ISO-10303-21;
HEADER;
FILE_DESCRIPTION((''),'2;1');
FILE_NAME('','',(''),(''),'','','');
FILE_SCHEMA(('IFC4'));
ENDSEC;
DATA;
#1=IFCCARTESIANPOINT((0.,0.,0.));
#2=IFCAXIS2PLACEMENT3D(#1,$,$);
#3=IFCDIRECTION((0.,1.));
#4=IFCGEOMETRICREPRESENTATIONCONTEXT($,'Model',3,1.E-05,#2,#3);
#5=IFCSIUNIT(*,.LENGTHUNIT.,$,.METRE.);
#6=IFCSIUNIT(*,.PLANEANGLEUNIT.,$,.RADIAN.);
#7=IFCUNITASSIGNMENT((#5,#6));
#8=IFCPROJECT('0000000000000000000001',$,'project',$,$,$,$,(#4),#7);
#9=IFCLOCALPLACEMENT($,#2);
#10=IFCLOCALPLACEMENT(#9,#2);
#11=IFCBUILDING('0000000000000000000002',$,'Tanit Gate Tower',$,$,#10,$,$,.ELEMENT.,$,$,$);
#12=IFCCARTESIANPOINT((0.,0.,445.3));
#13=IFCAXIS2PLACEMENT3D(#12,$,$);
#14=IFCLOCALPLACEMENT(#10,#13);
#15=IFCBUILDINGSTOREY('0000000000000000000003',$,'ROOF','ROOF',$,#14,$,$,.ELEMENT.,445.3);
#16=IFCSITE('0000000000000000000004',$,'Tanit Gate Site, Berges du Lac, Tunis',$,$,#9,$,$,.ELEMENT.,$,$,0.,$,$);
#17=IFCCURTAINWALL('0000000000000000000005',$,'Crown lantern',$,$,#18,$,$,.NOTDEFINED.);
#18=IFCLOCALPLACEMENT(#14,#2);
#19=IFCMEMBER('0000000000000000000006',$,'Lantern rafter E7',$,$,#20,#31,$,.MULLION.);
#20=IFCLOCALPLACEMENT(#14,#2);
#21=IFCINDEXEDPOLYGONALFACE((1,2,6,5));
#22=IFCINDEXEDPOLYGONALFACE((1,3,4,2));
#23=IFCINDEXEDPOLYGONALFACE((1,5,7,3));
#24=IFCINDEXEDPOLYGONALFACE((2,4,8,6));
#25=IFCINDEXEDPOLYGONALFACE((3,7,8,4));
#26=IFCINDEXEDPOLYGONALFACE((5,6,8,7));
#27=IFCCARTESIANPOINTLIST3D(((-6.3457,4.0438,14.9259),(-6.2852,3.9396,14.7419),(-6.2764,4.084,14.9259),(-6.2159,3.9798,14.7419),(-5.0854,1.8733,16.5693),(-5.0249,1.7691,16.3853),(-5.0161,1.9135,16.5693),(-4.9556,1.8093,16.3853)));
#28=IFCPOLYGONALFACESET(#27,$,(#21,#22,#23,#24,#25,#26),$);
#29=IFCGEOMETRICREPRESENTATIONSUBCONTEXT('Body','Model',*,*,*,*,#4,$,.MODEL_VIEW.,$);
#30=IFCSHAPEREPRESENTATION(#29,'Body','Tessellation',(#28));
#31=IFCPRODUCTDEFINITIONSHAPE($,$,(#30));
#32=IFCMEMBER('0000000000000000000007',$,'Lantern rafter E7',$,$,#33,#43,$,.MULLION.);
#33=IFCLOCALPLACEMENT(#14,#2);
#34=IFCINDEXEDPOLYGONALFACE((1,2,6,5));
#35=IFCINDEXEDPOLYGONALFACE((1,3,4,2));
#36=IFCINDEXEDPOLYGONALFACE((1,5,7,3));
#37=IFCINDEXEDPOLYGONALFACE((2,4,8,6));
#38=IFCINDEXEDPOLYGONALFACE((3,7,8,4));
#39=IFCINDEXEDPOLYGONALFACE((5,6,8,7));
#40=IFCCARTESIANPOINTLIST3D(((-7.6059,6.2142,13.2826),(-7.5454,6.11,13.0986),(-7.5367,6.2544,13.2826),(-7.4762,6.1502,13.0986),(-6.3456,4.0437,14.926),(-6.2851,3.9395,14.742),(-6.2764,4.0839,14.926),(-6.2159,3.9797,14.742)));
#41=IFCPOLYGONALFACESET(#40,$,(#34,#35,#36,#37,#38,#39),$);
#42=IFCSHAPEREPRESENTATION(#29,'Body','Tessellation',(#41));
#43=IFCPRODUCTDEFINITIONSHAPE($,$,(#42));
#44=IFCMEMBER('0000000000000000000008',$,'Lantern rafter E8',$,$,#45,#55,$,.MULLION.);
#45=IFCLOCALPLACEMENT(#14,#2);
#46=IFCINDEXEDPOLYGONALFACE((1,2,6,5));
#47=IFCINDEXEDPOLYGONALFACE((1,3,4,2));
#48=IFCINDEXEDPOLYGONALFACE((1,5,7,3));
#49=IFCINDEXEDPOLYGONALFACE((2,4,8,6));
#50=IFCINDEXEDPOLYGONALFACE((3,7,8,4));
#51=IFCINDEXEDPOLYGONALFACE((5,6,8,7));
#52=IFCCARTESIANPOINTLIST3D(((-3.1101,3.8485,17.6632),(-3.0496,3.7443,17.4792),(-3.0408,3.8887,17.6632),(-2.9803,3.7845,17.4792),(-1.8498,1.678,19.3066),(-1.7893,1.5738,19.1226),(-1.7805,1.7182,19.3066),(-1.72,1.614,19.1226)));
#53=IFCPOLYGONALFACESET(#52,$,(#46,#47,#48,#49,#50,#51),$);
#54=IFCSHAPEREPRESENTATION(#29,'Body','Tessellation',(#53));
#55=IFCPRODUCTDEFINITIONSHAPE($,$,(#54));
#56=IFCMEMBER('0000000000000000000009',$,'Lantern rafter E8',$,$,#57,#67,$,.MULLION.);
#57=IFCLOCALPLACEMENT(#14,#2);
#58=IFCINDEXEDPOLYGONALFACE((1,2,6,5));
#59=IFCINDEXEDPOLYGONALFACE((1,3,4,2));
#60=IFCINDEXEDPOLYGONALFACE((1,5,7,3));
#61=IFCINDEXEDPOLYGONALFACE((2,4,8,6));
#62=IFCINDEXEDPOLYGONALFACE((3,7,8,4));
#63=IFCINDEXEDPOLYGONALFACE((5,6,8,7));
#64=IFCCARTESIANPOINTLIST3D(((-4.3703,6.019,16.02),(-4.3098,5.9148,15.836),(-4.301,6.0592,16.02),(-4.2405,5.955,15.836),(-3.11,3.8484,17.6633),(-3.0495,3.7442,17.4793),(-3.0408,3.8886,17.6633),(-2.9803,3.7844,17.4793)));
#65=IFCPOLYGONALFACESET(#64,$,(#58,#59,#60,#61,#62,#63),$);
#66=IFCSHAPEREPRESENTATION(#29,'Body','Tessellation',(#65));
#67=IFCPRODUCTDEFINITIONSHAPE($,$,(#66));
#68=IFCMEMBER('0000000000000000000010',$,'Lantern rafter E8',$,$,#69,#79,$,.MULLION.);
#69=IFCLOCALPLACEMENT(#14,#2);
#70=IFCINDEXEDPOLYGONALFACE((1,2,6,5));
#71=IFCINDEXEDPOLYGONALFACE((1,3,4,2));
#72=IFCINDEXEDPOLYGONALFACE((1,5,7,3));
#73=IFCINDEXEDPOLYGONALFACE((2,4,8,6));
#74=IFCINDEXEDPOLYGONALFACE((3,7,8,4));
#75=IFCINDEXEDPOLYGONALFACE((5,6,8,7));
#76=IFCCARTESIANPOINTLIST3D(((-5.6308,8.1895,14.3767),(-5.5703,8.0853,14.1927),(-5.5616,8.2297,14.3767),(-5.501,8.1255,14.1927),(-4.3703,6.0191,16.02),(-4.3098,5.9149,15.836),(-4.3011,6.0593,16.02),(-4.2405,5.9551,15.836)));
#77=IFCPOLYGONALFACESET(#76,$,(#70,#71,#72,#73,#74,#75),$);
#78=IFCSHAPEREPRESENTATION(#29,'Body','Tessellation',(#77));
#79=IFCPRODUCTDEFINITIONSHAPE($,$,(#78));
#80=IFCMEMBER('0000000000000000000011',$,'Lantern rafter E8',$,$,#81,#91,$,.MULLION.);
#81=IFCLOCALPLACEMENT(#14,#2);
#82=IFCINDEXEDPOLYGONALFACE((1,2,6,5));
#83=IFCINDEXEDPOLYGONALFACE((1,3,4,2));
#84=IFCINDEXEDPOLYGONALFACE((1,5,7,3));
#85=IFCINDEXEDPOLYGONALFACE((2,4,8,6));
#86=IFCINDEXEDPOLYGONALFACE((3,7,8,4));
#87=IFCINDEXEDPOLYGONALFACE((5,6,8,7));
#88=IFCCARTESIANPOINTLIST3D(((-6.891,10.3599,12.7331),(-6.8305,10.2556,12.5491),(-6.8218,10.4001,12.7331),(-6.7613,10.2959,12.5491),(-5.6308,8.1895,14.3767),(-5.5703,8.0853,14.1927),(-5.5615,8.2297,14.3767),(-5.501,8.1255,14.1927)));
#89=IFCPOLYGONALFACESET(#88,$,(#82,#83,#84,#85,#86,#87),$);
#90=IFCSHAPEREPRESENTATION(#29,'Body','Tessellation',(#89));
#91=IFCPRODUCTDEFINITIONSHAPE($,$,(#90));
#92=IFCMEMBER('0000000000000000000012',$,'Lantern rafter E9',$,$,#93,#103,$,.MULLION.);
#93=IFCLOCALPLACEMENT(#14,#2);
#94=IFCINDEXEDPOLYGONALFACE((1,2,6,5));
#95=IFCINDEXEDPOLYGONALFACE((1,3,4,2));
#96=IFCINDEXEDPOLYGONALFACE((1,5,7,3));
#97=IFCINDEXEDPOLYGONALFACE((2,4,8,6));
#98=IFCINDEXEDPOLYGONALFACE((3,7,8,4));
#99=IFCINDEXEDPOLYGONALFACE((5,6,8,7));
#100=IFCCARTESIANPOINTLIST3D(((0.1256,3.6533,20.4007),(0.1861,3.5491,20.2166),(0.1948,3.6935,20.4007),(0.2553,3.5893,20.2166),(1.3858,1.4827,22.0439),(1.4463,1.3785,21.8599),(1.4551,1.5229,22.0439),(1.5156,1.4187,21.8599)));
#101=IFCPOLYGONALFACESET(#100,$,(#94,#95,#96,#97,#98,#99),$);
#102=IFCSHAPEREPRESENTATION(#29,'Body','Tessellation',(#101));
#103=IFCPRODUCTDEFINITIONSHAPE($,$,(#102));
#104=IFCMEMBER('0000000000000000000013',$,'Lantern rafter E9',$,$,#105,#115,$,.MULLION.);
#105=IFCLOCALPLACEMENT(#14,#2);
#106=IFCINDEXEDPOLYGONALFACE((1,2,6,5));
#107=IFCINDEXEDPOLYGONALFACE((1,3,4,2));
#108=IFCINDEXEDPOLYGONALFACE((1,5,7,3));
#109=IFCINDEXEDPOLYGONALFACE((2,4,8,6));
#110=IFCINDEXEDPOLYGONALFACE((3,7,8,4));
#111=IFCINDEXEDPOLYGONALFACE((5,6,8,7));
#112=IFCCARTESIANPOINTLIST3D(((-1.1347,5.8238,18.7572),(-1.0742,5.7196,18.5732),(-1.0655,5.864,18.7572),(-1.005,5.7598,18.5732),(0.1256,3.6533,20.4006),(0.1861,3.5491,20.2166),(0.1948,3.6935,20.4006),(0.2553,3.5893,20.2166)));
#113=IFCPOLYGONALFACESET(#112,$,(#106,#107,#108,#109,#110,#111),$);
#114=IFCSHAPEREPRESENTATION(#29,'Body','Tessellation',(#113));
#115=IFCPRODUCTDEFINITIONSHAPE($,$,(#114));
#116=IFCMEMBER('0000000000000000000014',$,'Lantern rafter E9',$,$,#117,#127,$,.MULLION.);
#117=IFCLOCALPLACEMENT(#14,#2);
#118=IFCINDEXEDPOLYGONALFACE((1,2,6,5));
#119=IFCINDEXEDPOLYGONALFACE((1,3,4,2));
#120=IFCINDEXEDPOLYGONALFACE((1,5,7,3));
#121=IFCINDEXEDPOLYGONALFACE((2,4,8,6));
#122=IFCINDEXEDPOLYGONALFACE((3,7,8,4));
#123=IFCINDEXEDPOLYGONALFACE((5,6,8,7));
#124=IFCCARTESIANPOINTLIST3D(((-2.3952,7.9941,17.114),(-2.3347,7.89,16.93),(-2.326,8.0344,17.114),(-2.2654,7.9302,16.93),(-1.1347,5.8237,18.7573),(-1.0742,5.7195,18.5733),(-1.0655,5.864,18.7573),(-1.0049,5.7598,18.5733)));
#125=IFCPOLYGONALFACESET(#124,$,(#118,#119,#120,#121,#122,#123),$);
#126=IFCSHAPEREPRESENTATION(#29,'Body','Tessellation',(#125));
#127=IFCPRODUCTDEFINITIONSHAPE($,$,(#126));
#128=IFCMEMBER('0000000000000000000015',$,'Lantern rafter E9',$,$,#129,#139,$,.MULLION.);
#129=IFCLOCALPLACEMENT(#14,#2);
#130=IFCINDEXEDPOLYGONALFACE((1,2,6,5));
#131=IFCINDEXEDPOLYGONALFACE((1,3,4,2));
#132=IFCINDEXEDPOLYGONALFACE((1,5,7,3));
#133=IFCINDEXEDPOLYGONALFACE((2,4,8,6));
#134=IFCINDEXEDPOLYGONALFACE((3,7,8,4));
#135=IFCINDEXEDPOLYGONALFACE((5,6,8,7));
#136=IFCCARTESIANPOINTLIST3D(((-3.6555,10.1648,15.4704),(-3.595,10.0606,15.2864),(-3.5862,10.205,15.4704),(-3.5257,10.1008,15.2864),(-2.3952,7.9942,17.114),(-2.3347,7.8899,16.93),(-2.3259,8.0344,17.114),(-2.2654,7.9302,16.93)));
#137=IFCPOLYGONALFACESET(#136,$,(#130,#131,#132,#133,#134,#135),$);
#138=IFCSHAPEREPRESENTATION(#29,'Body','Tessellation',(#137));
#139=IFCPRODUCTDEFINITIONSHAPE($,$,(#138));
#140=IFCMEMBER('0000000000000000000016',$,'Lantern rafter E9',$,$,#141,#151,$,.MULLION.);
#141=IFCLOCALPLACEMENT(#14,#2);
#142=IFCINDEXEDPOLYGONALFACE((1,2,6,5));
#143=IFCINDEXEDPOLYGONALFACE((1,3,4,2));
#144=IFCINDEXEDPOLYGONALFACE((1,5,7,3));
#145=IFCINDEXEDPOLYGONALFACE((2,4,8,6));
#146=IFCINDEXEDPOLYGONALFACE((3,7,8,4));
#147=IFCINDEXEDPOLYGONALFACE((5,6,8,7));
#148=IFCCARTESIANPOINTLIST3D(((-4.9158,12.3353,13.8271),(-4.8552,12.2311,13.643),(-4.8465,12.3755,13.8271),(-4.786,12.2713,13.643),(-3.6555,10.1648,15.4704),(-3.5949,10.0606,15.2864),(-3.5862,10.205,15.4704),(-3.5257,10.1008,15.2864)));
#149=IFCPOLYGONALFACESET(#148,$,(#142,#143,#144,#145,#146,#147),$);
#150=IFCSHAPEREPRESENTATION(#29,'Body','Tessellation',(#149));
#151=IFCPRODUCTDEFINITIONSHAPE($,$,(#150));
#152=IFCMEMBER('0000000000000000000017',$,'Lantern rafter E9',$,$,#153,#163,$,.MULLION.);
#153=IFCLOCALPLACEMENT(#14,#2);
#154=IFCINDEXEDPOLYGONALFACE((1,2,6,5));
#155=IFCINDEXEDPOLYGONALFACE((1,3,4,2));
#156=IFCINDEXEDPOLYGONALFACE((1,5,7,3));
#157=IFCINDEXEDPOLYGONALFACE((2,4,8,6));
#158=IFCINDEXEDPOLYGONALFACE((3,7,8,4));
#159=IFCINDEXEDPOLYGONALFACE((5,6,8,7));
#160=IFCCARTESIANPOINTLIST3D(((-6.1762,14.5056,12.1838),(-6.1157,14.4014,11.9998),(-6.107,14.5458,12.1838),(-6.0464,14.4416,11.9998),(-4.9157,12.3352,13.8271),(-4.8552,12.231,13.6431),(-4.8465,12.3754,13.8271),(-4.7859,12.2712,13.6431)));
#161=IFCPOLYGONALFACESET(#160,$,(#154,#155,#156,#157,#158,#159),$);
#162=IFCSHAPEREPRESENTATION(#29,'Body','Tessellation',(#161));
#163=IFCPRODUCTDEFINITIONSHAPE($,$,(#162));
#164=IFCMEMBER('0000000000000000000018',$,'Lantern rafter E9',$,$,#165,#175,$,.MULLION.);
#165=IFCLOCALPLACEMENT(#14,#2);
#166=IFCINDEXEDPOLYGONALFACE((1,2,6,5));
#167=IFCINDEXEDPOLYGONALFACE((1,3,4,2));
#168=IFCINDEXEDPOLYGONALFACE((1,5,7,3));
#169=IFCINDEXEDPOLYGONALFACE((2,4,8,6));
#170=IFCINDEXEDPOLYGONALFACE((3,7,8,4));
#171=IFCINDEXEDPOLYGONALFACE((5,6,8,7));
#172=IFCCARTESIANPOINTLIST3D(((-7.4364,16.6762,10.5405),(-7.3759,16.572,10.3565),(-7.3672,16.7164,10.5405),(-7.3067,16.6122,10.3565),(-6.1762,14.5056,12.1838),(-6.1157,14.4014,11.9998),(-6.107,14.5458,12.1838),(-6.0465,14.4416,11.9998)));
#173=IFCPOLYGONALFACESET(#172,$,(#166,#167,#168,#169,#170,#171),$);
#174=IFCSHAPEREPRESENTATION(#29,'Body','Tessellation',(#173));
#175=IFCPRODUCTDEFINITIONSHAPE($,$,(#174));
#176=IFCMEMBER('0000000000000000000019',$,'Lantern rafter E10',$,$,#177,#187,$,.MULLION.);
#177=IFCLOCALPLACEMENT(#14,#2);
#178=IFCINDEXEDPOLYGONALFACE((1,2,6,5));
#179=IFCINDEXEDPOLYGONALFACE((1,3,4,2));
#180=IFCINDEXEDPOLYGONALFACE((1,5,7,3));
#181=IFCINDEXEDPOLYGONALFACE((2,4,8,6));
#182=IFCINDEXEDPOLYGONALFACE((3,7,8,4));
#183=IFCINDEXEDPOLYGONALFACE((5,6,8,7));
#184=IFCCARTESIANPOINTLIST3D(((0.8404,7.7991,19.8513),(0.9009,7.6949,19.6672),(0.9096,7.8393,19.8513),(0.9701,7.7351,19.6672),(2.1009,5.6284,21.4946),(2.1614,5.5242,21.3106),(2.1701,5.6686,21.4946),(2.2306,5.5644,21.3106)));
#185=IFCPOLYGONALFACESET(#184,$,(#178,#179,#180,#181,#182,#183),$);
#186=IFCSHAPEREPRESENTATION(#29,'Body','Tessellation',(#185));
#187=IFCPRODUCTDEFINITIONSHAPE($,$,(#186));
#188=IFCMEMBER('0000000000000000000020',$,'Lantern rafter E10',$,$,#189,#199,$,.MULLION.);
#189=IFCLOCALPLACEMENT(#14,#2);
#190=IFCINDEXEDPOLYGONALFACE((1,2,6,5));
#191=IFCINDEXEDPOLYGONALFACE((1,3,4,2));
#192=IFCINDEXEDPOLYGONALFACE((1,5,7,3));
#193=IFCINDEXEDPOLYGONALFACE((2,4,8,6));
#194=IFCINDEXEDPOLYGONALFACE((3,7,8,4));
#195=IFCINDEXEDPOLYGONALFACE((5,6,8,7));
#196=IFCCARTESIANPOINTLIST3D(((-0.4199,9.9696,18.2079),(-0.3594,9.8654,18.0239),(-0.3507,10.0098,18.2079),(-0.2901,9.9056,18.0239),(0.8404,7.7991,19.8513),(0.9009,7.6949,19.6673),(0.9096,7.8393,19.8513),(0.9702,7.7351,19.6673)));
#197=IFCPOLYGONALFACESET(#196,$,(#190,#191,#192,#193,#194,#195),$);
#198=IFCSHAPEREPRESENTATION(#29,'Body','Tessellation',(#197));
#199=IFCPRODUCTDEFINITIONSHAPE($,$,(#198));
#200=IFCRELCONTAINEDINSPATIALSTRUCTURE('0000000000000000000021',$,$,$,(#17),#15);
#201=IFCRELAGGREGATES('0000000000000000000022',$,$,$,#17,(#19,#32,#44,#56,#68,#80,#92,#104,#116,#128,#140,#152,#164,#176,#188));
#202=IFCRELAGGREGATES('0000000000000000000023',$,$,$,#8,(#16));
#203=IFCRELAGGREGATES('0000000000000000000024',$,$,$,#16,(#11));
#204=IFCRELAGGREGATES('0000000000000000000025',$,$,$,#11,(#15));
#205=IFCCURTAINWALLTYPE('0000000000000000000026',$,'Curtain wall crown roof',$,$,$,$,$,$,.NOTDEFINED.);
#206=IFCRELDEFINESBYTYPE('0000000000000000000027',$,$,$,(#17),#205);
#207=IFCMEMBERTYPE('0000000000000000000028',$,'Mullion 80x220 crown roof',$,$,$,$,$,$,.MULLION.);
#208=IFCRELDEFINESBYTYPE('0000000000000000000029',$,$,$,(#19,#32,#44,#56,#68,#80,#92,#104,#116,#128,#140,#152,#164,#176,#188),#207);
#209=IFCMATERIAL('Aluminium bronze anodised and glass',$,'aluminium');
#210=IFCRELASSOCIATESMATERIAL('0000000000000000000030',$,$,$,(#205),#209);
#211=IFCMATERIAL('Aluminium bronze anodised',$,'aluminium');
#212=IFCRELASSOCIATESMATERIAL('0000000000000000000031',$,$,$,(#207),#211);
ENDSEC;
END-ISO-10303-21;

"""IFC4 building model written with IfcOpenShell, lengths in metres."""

from ifc_helpers import new_model, si_unit, direction, frame, origin, origin_2d, place, context, subcontext, project, spatial, rectangle, extrude, material, material_profile, profile_set, type_object, element, aggregate, save


model = new_model("IFC4")

# Units and contexts
model_context = context("Model", 3, precision=1e-05, world=origin(), true_north=direction((0.0, 1.0)))
body_context = subcontext(model_context, "Body", "Model", "MODEL_VIEW")
ifc_project = project(units=[si_unit("LENGTHUNIT", "METRE"), si_unit("PLANEANGLEUNIT", "RADIAN")], contexts=[model_context])

# Site, building, storey
site_placement = place(None, origin())
site = spatial("IfcSite", under=ifc_project, at=site_placement, Name="Tanit Gate Site, Berges du Lac, Tunis", CompositionType="ELEMENT", RefElevation=0.0)
building_placement = place(site_placement, origin())
building = spatial("IfcBuilding", under=site, at=building_placement, Name="Tanit Gate Tower", CompositionType="ELEMENT")
storey_placement = place(building_placement, frame((0.0, 0.0, 445.3)))
storey = spatial("IfcBuildingStorey", under=building, at=storey_placement, Name="ROOF", Description="ROOF", CompositionType="ELEMENT", Elevation=445.3)

# Curtain wall, members
ifc_material_1 = material(Name="Aluminium bronze anodised and glass", Category="aluminium")
curtain_wall_type = type_object("IfcCurtainWallType", Name="Curtain wall crown roof", PredefinedType="NOTDEFINED", material=ifc_material_1)
curtain_wall_placement = place(storey_placement, origin())
curtain_wall = element("IfcCurtainWall", 1, at=curtain_wall_placement, inside=storey, type_object=curtain_wall_type, Name="Crown lantern", PredefinedType="NOTDEFINED")
ifc_material_2 = material(Name="Aluminium bronze anodised", Category="aluminium")
ifc_material_profile = material_profile(ifc_material_2, rectangle(XDim=0.0801, YDim=0.22, at=origin_2d()), Name="80x220 bronze rafter")
ifc_profile_set = profile_set([ifc_material_profile], Name="Aluminium bronze anodised")
member_type = type_object("IfcMemberType", Name="Mullion 80x220 crown roof", PredefinedType="MULLION", material=ifc_profile_set)
member_1_placement = place(storey_placement, frame((-5.0205, 1.8413, 16.4773), z_axis=(-0.420099, 0.723495, -0.547789), x_axis=(-0.864786, -0.50214, 0.0)))
member_1 = element("IfcMember", 2, at=member_1_placement, type_object=member_type, Name="Lantern rafter E7", PredefinedType="MULLION", context=body_context, shape_type="SweptSolid", body=[
    extrude(rectangle(XDim=0.0801, YDim=0.22, at=origin_2d()), origin(), (0.0, 0.0, 1.0), 3.0),
])
member_2_placement = place(storey_placement, frame((-6.2808, 4.0117, 14.834), z_axis=(-0.420099, 0.723495, -0.547789), x_axis=(-0.864786, -0.50214, 0.0)))
member_2 = element("IfcMember", 3, at=member_2_placement, type_object=member_type, Name="Lantern rafter E7", PredefinedType="MULLION", context=body_context, shape_type="SweptSolid", body=[
    extrude(rectangle(XDim=0.0801, YDim=0.22, at=origin_2d()), origin(), (0.0, 0.0, 1.0), 3.0),
])
member_3_placement = place(storey_placement, frame((-1.7849, 1.646, 19.2146), z_axis=(-0.420099, 0.723495, -0.547789), x_axis=(-0.864786, -0.50214, 0.0)))
member_3 = element("IfcMember", 4, at=member_3_placement, type_object=member_type, Name="Lantern rafter E8", PredefinedType="MULLION", context=body_context, shape_type="SweptSolid", body=[
    extrude(rectangle(XDim=0.0801, YDim=0.22, at=origin_2d()), origin(), (0.0, 0.0, 1.0), 3.0),
])
member_4_placement = place(storey_placement, frame((-3.0452, 3.8164, 17.5713), z_axis=(-0.420074, 0.723533, -0.547757), x_axis=(-0.864811, -0.502098, 0.0)))
member_4 = element("IfcMember", 5, at=member_4_placement, type_object=member_type, Name="Lantern rafter E8", PredefinedType="MULLION", context=body_context, shape_type="SweptSolid", body=[
    extrude(rectangle(XDim=0.0801, YDim=0.22, at=origin_2d()), origin(), (0.0, 0.0, 1.0), 3.0),
])
member_5_placement = place(storey_placement, frame((-4.3054, 5.9871, 15.928), z_axis=(-0.420166, 0.72347, -0.54777), x_axis=(-0.864744, -0.502213, 0.0)))
member_5 = element("IfcMember", 6, at=member_5_placement, type_object=member_type, Name="Lantern rafter E8", PredefinedType="MULLION", context=body_context, shape_type="SweptSolid", body=[
    extrude(rectangle(XDim=0.0801, YDim=0.22, at=origin_2d()), origin(), (0.0, 0.0, 1.0), 3.0),
])
member_6_placement = place(storey_placement, frame((-5.5659, 8.1575, 14.2847), z_axis=(-0.42008, 0.723462, -0.547846), x_axis=(-0.864786, -0.50214, 0.0)))
member_6 = element("IfcMember", 7, at=member_6_placement, type_object=member_type, Name="Lantern rafter E8", PredefinedType="MULLION", context=body_context, shape_type="SweptSolid", body=[
    extrude(rectangle(XDim=0.0801, YDim=0.22, at=origin_2d()), origin(), (0.0, 0.0, 1.0), 3.0),
])
member_7_placement = place(storey_placement, frame((1.4507, 1.4507, 21.9519), z_axis=(-0.420074, 0.723533, -0.547757), x_axis=(-0.864811, -0.502098, 0.0)))
member_7 = element("IfcMember", 8, at=member_7_placement, type_object=member_type, Name="Lantern rafter E9", PredefinedType="MULLION", context=body_context, shape_type="SweptSolid", body=[
    extrude(rectangle(XDim=0.0801, YDim=0.22, at=origin_2d()), origin(), (0.0, 0.0, 1.0), 3.0),
])
member_8_placement = place(storey_placement, frame((0.1904, 3.6213, 20.3086), z_axis=(-0.420099, 0.723495, -0.547789), x_axis=(-0.864786, -0.50214, 0.0)))
member_8 = element("IfcMember", 9, at=member_8_placement, type_object=member_type, Name="Lantern rafter E9", PredefinedType="MULLION", context=body_context, shape_type="SweptSolid", body=[
    extrude(rectangle(XDim=0.0801, YDim=0.22, at=origin_2d()), origin(), (0.0, 0.0, 1.0), 3.0),
])
member_9_placement = place(storey_placement, frame((-1.0698, 5.7917, 18.6653), z_axis=(-0.420166, 0.72347, -0.54777), x_axis=(-0.864744, -0.502213, 0.0)))
member_9 = element("IfcMember", 10, at=member_9_placement, type_object=member_type, Name="Lantern rafter E9", PredefinedType="MULLION", context=body_context, shape_type="SweptSolid", body=[
    extrude(rectangle(XDim=0.0801, YDim=0.22, at=origin_2d()), origin(), (0.0, 0.0, 1.0), 3.0),
])
member_10_placement = place(storey_placement, frame((-2.3303, 7.9622, 17.022), z_axis=(-0.420055, 0.723501, -0.547813), x_axis=(-0.864811, -0.502098, 0.0)))
member_10 = element("IfcMember", 11, at=member_10_placement, type_object=member_type, Name="Lantern rafter E9", PredefinedType="MULLION", context=body_context, shape_type="SweptSolid", body=[
    extrude(rectangle(XDim=0.0801, YDim=0.22, at=origin_2d()), origin(), (0.0, 0.0, 1.0), 3.0002),
])
member_11_placement = place(storey_placement, frame((-3.5906, 10.1328, 15.3784), z_axis=(-0.420099, 0.723495, -0.547789), x_axis=(-0.864786, -0.50214, 0.0)))
member_11 = element("IfcMember", 12, at=member_11_placement, type_object=member_type, Name="Lantern rafter E9", PredefinedType="MULLION", context=body_context, shape_type="SweptSolid", body=[
    extrude(rectangle(XDim=0.0801, YDim=0.22, at=origin_2d()), origin(), (0.0, 0.0, 1.0), 3.0),
])
member_12_placement = place(storey_placement, frame((-4.8508, 12.3032, 13.7351), z_axis=(-0.420166, 0.72347, -0.54777), x_axis=(-0.864744, -0.502213, 0.0)))
member_12 = element("IfcMember", 13, at=member_12_placement, type_object=member_type, Name="Lantern rafter E9", PredefinedType="MULLION", context=body_context, shape_type="SweptSolid", body=[
    extrude(rectangle(XDim=0.0801, YDim=0.22, at=origin_2d()), origin(), (0.0, 0.0, 1.0), 3.0),
])
member_13_placement = place(storey_placement, frame((-6.1113, 14.4736, 12.0918), z_axis=(-0.420074, 0.723533, -0.547757), x_axis=(-0.864811, -0.502098, 0.0)))
member_13 = element("IfcMember", 14, at=member_13_placement, type_object=member_type, Name="Lantern rafter E9", PredefinedType="MULLION", context=body_context, shape_type="SweptSolid", body=[
    extrude(rectangle(XDim=0.0801, YDim=0.22, at=origin_2d()), origin(), (0.0, 0.0, 1.0), 3.0),
])
member_14_placement = place(storey_placement, frame((2.1658, 5.5964, 21.4026), z_axis=(-0.420141, 0.723509, -0.547738), x_axis=(-0.864769, -0.502171, 0.0)))
member_14 = element("IfcMember", 15, at=member_14_placement, type_object=member_type, Name="Lantern rafter E10", PredefinedType="MULLION", context=body_context, shape_type="SweptSolid", body=[
    extrude(rectangle(XDim=0.0801, YDim=0.22, at=origin_2d()), origin(), (0.0, 0.0, 1.0), 3.0002),
])
member_15_placement = place(storey_placement, frame((0.9053, 7.7671, 19.7593), z_axis=(-0.420099, 0.723495, -0.547789), x_axis=(-0.864786, -0.50214, 0.0)))
member_15 = element("IfcMember", 16, at=member_15_placement, type_object=member_type, Name="Lantern rafter E10", PredefinedType="MULLION", context=body_context, shape_type="SweptSolid", body=[
    extrude(rectangle(XDim=0.0801, YDim=0.22, at=origin_2d()), origin(), (0.0, 0.0, 1.0), 3.0),
])
aggregate(curtain_wall, [member_1, member_2, member_3, member_4, member_5, member_6, member_7, member_8, member_9, member_10, member_11, member_12, member_13, member_14, member_15])

save(model, "model.ifc")
